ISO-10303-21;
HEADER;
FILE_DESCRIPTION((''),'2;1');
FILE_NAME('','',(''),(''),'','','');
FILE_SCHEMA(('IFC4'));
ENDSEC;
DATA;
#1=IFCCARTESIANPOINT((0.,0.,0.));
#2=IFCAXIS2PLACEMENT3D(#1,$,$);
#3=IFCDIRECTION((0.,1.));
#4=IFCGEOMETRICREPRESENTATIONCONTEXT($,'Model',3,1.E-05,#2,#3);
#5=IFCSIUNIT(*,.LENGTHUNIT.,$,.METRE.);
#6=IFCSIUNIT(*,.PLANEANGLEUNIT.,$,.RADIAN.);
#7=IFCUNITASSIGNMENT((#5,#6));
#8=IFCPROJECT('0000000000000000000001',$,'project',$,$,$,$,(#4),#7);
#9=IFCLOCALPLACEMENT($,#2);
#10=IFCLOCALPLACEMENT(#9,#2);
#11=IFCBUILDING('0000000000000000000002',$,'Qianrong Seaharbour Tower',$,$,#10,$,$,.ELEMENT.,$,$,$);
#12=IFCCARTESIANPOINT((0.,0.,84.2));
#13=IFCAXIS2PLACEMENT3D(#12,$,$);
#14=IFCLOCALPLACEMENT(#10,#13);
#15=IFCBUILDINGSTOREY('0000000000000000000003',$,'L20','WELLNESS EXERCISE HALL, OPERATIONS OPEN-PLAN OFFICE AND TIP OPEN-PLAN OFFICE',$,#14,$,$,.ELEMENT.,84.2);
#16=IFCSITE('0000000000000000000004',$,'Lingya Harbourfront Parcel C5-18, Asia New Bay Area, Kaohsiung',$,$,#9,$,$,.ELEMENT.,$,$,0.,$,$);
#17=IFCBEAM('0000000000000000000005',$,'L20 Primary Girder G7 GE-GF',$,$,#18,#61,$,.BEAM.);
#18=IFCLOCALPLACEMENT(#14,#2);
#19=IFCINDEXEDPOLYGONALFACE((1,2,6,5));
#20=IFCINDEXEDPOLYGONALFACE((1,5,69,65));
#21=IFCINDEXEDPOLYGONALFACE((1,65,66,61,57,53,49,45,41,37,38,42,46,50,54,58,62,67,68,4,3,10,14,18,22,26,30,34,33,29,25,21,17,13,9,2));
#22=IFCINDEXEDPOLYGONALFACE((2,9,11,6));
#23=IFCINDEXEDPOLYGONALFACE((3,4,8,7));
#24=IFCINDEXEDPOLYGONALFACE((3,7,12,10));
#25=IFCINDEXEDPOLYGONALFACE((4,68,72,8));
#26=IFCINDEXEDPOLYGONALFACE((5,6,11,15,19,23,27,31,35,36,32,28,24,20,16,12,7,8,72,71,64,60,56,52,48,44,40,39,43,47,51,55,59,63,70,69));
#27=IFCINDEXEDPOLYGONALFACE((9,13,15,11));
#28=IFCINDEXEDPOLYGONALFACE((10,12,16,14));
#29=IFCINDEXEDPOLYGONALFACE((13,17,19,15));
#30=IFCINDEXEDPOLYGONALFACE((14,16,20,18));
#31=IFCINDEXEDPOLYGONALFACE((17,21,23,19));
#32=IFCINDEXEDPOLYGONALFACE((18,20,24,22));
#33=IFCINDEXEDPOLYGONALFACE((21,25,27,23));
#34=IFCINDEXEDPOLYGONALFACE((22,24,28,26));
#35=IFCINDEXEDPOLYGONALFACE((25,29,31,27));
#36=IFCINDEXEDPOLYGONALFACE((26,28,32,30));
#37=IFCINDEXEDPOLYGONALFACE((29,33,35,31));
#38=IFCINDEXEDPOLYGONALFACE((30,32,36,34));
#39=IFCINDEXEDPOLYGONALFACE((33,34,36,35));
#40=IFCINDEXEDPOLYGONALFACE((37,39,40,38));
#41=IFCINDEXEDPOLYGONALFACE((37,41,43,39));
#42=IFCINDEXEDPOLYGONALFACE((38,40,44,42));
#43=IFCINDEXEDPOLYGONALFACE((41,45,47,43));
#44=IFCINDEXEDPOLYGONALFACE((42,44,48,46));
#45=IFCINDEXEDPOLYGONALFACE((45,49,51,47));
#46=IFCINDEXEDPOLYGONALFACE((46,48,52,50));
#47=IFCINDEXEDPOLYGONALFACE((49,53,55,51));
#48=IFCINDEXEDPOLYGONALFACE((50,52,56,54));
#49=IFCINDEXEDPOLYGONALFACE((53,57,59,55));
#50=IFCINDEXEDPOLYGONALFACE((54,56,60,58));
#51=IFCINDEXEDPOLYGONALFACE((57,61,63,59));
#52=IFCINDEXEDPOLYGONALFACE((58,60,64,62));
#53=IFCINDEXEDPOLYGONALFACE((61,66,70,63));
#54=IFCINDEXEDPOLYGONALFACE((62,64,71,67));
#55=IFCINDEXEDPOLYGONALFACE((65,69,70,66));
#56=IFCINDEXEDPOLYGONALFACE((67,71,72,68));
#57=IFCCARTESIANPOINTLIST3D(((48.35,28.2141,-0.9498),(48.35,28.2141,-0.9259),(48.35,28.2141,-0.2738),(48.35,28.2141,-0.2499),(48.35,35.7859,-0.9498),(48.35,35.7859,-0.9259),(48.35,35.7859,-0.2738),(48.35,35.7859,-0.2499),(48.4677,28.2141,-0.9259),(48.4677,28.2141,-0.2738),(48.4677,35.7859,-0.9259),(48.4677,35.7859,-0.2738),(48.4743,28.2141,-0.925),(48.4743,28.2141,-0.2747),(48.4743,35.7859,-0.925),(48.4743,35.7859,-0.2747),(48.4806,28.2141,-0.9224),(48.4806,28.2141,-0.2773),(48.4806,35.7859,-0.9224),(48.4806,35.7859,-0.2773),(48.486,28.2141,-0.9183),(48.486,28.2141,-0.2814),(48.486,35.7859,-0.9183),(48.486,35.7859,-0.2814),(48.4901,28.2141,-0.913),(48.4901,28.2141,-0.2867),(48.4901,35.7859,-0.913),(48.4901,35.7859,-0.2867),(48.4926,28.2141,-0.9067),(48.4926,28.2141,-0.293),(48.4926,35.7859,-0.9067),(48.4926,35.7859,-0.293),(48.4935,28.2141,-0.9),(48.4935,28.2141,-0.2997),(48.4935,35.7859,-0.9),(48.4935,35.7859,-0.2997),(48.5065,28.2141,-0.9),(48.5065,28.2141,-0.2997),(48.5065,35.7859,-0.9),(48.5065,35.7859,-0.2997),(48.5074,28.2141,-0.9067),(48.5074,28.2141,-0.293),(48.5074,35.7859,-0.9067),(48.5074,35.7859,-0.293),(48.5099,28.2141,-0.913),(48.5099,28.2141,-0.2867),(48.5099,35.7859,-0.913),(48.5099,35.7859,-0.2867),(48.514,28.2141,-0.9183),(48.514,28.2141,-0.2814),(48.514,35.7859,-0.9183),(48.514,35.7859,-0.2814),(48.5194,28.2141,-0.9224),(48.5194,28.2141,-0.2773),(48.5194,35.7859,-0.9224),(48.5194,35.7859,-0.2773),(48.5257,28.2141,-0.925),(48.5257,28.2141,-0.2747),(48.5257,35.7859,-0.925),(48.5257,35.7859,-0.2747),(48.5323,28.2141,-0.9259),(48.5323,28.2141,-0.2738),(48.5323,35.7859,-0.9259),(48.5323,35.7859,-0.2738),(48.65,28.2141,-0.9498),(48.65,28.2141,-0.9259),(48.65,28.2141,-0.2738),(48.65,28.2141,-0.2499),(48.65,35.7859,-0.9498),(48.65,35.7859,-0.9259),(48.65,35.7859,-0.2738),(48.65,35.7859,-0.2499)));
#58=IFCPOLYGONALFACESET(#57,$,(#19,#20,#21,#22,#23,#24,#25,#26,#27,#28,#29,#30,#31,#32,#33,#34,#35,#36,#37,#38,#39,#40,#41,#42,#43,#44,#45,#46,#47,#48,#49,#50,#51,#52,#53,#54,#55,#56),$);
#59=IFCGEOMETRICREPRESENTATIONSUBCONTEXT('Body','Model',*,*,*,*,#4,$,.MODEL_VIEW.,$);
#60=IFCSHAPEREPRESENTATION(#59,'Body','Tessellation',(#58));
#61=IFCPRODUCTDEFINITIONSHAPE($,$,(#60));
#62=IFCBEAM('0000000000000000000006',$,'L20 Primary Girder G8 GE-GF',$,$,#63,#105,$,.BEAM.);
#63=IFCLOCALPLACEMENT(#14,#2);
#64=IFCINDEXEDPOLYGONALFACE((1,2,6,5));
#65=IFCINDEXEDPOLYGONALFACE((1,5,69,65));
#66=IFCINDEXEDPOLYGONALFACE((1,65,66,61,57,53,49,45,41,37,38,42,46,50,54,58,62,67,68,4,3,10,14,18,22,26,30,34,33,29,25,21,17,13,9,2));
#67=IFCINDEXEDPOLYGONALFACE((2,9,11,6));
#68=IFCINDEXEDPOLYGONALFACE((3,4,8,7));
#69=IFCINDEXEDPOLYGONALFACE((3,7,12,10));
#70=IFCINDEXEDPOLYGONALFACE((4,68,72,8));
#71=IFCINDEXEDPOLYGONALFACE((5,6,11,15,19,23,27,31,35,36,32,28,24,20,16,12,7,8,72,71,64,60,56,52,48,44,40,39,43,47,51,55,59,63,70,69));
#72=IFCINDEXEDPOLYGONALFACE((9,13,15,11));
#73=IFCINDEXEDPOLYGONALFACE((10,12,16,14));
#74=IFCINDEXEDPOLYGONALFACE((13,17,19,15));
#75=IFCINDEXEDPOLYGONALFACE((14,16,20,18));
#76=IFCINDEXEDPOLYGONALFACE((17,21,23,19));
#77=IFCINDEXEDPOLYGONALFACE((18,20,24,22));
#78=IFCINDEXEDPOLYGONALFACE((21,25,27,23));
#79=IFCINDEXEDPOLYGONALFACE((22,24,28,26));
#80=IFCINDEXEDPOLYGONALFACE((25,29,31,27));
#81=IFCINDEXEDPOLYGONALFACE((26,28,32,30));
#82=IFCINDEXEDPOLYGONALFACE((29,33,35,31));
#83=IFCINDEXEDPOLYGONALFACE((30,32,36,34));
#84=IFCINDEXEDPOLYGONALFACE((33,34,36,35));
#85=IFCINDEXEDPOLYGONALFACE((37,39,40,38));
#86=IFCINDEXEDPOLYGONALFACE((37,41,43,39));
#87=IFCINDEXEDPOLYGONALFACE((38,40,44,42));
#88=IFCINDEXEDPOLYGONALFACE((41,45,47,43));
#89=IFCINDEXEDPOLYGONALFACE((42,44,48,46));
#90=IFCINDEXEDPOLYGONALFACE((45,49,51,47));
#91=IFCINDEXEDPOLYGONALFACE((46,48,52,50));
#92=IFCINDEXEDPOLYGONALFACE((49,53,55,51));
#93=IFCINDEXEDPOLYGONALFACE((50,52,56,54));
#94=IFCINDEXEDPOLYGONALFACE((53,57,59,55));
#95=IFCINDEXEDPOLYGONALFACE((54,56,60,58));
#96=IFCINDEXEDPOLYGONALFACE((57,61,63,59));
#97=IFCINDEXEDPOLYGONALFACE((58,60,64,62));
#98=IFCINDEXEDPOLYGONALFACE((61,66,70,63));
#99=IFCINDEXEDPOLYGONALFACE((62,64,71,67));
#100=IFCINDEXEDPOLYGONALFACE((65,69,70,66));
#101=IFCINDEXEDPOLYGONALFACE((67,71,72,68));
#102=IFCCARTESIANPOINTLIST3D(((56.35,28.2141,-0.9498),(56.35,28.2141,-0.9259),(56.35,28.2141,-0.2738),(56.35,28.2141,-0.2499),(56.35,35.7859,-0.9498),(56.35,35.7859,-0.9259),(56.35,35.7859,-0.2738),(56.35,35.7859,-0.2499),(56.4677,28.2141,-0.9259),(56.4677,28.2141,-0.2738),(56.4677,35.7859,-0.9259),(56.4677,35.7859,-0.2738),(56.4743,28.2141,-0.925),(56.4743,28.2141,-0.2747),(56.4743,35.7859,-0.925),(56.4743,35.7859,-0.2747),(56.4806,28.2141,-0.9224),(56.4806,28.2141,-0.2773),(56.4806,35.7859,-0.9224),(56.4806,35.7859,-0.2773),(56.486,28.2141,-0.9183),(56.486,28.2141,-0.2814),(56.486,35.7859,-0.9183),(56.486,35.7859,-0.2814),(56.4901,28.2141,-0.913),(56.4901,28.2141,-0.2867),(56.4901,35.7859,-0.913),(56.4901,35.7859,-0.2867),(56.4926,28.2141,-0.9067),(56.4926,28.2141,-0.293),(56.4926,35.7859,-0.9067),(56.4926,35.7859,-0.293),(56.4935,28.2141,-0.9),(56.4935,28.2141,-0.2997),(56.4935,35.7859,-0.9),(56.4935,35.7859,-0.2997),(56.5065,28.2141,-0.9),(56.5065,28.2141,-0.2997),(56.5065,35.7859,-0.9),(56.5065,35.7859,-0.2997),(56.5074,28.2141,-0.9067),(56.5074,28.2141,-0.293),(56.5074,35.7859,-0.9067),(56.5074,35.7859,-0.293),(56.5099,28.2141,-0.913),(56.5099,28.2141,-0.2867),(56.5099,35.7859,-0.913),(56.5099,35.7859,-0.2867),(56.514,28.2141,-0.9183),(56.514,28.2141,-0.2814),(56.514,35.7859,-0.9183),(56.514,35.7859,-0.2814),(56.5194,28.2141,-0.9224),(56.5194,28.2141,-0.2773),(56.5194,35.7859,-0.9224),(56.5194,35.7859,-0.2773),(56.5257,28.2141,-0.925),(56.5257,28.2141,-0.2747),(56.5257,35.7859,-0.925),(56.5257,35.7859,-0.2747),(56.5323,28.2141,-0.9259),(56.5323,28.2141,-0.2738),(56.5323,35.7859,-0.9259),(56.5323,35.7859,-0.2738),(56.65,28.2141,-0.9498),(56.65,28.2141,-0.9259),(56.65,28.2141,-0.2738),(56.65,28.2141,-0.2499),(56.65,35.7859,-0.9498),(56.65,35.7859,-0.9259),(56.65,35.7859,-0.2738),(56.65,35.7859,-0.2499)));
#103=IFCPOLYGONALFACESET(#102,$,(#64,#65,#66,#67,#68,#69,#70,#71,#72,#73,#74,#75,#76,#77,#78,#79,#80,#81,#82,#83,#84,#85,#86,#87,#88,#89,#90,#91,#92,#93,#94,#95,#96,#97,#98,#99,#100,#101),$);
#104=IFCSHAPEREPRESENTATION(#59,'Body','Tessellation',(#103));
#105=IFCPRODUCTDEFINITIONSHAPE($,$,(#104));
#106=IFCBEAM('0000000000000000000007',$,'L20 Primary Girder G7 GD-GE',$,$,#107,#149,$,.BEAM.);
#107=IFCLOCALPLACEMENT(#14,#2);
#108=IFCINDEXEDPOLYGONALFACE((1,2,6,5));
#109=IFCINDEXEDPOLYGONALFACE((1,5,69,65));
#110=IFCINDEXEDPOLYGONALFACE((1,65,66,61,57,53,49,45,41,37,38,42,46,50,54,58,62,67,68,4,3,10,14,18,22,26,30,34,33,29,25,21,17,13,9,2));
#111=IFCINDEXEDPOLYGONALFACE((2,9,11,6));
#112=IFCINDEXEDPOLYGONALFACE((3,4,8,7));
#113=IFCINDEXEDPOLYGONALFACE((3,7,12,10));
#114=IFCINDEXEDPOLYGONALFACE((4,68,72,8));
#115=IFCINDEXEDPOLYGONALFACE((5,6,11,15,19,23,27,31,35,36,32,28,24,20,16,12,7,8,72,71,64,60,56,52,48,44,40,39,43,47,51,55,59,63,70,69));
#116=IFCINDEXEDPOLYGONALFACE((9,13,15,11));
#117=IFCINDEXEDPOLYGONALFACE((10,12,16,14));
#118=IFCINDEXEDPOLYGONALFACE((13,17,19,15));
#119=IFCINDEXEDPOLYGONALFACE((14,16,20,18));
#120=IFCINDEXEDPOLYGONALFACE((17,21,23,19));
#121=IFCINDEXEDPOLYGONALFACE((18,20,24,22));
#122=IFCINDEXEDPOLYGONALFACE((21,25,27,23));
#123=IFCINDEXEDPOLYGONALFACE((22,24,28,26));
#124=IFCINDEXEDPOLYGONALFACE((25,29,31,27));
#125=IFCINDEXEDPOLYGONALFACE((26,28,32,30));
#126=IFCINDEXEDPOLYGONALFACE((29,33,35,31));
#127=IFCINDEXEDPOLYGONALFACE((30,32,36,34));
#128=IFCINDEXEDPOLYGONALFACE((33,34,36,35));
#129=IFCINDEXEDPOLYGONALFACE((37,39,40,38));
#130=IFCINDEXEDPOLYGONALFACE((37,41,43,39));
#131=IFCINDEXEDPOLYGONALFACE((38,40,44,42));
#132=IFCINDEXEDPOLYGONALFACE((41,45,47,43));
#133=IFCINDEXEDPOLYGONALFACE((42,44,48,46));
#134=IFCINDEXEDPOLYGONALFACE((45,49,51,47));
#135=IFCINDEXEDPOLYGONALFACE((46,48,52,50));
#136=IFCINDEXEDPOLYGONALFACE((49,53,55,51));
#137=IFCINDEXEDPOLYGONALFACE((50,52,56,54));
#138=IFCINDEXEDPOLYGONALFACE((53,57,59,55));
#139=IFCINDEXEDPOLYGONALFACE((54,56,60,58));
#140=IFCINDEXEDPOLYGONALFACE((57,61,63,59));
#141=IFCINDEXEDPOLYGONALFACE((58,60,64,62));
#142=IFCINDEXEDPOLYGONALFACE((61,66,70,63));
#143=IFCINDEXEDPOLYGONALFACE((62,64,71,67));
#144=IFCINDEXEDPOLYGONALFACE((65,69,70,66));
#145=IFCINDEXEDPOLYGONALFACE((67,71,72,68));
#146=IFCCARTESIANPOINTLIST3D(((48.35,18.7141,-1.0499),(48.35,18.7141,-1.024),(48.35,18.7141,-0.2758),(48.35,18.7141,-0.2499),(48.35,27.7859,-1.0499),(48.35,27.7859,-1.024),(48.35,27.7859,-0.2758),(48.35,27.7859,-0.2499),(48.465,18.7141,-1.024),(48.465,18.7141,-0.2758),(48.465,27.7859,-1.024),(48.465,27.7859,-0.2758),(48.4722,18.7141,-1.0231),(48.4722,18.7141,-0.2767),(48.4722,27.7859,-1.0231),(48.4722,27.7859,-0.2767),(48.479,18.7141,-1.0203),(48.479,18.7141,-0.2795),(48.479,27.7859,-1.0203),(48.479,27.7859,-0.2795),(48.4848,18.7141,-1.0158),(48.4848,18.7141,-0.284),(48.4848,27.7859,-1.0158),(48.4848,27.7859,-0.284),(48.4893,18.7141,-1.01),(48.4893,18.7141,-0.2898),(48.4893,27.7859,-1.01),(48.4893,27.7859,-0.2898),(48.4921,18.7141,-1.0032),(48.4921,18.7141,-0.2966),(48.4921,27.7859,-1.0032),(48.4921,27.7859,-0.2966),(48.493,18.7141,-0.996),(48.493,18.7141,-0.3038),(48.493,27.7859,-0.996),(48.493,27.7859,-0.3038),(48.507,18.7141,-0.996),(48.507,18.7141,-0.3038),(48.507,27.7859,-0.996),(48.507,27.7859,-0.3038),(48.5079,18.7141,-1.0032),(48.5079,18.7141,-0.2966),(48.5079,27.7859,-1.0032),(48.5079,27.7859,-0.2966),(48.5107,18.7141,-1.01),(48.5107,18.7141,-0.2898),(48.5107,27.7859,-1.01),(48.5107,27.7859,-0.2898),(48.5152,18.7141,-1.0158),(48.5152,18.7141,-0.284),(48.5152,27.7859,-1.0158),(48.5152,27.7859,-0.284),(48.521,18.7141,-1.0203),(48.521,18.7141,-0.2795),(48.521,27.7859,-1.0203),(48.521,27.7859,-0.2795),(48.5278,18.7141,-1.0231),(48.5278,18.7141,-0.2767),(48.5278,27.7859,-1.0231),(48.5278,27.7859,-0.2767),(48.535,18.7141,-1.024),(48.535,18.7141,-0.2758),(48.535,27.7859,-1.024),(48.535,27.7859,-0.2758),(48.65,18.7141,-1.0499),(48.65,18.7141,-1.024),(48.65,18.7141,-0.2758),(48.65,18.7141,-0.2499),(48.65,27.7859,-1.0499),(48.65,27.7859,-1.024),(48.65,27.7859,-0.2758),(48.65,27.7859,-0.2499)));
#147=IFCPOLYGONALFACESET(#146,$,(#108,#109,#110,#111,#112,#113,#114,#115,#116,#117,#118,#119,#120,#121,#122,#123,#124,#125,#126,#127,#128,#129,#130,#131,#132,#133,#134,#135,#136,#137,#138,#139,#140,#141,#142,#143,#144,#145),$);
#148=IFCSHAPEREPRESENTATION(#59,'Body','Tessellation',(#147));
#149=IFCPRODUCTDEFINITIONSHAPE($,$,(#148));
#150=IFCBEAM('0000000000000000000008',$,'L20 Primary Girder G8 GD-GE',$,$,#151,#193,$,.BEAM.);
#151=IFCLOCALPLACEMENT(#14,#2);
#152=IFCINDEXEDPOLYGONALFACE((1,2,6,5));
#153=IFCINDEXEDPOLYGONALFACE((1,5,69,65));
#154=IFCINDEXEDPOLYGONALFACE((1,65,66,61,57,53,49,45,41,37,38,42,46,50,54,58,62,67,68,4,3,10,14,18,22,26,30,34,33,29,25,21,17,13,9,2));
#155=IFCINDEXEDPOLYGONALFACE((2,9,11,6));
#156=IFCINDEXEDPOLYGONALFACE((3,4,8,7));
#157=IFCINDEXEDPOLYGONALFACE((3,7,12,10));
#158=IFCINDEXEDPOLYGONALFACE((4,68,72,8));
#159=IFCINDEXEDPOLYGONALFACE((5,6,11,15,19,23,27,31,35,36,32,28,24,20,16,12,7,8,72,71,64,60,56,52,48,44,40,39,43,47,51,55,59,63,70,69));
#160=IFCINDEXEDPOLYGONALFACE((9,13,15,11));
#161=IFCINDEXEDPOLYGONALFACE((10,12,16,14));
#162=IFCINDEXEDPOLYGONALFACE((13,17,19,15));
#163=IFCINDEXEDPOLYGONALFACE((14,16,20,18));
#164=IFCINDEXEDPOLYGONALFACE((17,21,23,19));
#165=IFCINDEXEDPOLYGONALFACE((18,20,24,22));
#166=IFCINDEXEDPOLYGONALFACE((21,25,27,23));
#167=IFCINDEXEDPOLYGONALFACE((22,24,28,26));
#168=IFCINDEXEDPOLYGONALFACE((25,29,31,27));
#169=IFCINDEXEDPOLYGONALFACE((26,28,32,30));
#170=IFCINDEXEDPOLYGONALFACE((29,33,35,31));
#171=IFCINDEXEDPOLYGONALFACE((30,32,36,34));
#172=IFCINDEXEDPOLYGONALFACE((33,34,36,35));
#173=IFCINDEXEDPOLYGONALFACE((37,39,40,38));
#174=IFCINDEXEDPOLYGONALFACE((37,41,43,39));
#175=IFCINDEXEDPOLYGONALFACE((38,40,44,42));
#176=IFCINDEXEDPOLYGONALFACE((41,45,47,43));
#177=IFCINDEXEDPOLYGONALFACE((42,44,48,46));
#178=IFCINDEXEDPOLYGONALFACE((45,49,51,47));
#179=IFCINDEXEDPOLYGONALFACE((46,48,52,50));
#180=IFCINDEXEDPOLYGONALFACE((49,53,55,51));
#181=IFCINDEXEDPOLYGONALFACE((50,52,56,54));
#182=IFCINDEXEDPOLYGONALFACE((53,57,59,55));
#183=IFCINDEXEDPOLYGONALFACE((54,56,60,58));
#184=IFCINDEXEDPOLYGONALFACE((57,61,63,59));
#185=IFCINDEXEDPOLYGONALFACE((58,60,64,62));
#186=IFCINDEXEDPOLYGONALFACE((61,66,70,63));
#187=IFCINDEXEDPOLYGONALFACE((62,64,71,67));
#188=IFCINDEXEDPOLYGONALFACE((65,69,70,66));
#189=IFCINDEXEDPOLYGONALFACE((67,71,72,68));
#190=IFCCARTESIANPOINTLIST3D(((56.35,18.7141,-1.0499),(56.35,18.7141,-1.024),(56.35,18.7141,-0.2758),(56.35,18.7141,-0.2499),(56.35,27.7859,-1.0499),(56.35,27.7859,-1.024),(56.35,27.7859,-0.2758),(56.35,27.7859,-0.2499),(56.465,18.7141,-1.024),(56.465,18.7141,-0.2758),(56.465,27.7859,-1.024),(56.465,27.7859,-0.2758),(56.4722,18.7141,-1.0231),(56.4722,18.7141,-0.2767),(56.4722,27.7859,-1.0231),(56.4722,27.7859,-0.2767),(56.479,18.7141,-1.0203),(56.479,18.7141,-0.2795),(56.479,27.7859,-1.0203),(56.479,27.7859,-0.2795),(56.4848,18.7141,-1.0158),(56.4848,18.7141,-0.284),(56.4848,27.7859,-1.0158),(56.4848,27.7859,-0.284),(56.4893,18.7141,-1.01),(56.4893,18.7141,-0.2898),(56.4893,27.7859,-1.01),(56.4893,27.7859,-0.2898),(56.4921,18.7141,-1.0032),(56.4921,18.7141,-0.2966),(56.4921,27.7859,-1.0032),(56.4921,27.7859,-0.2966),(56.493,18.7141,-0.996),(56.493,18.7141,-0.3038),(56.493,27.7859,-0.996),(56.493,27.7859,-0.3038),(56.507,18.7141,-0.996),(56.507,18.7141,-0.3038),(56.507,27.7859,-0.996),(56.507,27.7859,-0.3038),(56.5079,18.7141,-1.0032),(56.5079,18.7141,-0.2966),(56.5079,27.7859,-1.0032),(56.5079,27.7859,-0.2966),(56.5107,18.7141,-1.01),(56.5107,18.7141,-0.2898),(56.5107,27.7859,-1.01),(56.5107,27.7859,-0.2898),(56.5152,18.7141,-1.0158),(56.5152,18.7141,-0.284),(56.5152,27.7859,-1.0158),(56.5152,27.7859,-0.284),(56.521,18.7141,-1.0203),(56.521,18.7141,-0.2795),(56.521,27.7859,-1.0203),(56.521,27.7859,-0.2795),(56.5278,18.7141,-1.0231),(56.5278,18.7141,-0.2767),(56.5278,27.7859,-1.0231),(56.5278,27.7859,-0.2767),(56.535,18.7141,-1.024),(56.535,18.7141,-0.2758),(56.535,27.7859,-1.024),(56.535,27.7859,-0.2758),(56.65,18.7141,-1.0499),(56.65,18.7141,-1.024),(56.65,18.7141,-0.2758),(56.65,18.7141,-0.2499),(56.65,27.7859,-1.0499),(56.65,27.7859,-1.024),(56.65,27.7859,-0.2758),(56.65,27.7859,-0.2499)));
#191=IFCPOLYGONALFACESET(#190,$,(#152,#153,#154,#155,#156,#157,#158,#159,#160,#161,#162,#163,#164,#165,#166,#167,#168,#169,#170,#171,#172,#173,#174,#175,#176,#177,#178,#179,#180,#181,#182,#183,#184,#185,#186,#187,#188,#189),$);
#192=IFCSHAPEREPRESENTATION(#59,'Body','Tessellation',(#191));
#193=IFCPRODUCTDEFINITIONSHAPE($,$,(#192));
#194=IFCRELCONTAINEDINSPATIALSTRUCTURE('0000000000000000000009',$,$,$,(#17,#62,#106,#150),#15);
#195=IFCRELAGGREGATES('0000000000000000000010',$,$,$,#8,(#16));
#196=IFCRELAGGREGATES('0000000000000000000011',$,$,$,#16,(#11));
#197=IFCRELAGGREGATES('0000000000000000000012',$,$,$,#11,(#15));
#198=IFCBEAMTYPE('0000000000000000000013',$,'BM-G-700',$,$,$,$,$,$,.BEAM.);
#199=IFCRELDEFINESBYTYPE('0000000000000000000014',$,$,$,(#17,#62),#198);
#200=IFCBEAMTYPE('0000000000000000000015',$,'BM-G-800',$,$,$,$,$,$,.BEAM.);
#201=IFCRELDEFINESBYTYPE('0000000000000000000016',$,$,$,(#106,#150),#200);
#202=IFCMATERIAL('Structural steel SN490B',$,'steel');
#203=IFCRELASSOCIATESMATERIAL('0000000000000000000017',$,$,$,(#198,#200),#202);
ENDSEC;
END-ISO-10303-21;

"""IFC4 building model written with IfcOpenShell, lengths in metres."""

from ifc_helpers import new_model, si_unit, direction, frame, origin, origin_2d, place, context, subcontext, project, spatial, i_section, extrude, material, material_profile, profile_set, type_object, element, save


model = new_model("IFC4")

# Units and contexts
model_context = context("Model", 3, precision=1e-05, world=origin(), true_north=direction((0.0, 1.0)))
body_context = subcontext(model_context, "Body", "Model", "MODEL_VIEW")
ifc_project = project(units=[si_unit("LENGTHUNIT", "METRE"), si_unit("PLANEANGLEUNIT", "RADIAN")], contexts=[model_context])

# Site, building, storey
site_placement = place(None, origin())
site = spatial("IfcSite", under=ifc_project, at=site_placement, Name="Lingya Harbourfront Parcel C5-18, Asia New Bay Area, Kaohsiung", CompositionType="ELEMENT", RefElevation=0.0)
building_placement = place(site_placement, origin())
building = spatial("IfcBuilding", under=site, at=building_placement, Name="Qianrong Seaharbour Tower", CompositionType="ELEMENT")
storey_placement = place(building_placement, frame((0.0, 0.0, 84.2)))
storey = spatial("IfcBuildingStorey", under=building, at=storey_placement, Name="L20", Description="WELLNESS EXERCISE HALL, OPERATIONS OPEN-PLAN OFFICE AND TIP OPEN-PLAN OFFICE", CompositionType="ELEMENT", Elevation=84.2)

# Shared definitions
ifc_material_1 = material(Name="Structural steel SN490B", Category="steel")

# Beams
ifc_material_profile_1 = material_profile(ifc_material_1, i_section(OverallWidth=0.3, OverallDepth=0.7, WebThickness=0.0129, FlangeThickness=0.0239, FilletRadius=0.0259, at=origin_2d()), Name="H700x300x13x24")
ifc_profile_set_1 = profile_set([ifc_material_profile_1], Name="Structural steel SN490B")
beam_type_1 = type_object("IfcBeamType", Name="BM-G-700", PredefinedType="BEAM", material=ifc_profile_set_1)
for number, where, z_axis, x_axis, name in (
    (1, (48.5, 28.2141, -0.5999), (0.0, 1.0, 0.0), (-1.0, 0.0, 0.0), "L20 Primary Girder G7 GE-GF"),
    (2, (56.5, 28.2141, -0.5999), (0.0, 1.0, 0.0), (-1.0, 0.0, 0.0), "L20 Primary Girder G8 GE-GF"),
):
    element("IfcBeam", number, at=place(storey_placement, frame(where, z_axis=z_axis, x_axis=x_axis)), inside=storey, type_object=beam_type_1, Name=name, PredefinedType="BEAM", context=body_context, shape_type="SweptSolid", body=[
        extrude(i_section(OverallWidth=0.3, OverallDepth=0.7, WebThickness=0.0129, FlangeThickness=0.0239, FilletRadius=0.0259, at=origin_2d()), origin(), (0.0, 0.0, 1.0), 7.5718),
    ])
ifc_material_profile_2 = material_profile(ifc_material_1, i_section(OverallWidth=0.3, OverallDepth=0.8, WebThickness=0.0139, FlangeThickness=0.0259, FilletRadius=0.0281, at=origin_2d()), Name="H800x300x14x26")
ifc_profile_set_2 = profile_set([ifc_material_profile_2], Name="Structural steel SN490B")
beam_type_2 = type_object("IfcBeamType", Name="BM-G-800", PredefinedType="BEAM", material=ifc_profile_set_2)
for number, where, z_axis, x_axis, name in (
    (3, (48.5, 18.7141, -0.6499), (0.0, 1.0, 0.0), (-1.0, 0.0, 0.0), "L20 Primary Girder G7 GD-GE"),
    (4, (56.5, 18.7141, -0.6499), (0.0, 1.0, 0.0), (-1.0, 0.0, 0.0), "L20 Primary Girder G8 GD-GE"),
):
    element("IfcBeam", number, at=place(storey_placement, frame(where, z_axis=z_axis, x_axis=x_axis)), inside=storey, type_object=beam_type_2, Name=name, PredefinedType="BEAM", context=body_context, shape_type="SweptSolid", body=[
        extrude(i_section(OverallWidth=0.3, OverallDepth=0.8, WebThickness=0.0139, FlangeThickness=0.0259, FilletRadius=0.0281, at=origin_2d()), origin(), (0.0, 0.0, 1.0), 9.0718),
    ])

save(model, "model.ifc")
